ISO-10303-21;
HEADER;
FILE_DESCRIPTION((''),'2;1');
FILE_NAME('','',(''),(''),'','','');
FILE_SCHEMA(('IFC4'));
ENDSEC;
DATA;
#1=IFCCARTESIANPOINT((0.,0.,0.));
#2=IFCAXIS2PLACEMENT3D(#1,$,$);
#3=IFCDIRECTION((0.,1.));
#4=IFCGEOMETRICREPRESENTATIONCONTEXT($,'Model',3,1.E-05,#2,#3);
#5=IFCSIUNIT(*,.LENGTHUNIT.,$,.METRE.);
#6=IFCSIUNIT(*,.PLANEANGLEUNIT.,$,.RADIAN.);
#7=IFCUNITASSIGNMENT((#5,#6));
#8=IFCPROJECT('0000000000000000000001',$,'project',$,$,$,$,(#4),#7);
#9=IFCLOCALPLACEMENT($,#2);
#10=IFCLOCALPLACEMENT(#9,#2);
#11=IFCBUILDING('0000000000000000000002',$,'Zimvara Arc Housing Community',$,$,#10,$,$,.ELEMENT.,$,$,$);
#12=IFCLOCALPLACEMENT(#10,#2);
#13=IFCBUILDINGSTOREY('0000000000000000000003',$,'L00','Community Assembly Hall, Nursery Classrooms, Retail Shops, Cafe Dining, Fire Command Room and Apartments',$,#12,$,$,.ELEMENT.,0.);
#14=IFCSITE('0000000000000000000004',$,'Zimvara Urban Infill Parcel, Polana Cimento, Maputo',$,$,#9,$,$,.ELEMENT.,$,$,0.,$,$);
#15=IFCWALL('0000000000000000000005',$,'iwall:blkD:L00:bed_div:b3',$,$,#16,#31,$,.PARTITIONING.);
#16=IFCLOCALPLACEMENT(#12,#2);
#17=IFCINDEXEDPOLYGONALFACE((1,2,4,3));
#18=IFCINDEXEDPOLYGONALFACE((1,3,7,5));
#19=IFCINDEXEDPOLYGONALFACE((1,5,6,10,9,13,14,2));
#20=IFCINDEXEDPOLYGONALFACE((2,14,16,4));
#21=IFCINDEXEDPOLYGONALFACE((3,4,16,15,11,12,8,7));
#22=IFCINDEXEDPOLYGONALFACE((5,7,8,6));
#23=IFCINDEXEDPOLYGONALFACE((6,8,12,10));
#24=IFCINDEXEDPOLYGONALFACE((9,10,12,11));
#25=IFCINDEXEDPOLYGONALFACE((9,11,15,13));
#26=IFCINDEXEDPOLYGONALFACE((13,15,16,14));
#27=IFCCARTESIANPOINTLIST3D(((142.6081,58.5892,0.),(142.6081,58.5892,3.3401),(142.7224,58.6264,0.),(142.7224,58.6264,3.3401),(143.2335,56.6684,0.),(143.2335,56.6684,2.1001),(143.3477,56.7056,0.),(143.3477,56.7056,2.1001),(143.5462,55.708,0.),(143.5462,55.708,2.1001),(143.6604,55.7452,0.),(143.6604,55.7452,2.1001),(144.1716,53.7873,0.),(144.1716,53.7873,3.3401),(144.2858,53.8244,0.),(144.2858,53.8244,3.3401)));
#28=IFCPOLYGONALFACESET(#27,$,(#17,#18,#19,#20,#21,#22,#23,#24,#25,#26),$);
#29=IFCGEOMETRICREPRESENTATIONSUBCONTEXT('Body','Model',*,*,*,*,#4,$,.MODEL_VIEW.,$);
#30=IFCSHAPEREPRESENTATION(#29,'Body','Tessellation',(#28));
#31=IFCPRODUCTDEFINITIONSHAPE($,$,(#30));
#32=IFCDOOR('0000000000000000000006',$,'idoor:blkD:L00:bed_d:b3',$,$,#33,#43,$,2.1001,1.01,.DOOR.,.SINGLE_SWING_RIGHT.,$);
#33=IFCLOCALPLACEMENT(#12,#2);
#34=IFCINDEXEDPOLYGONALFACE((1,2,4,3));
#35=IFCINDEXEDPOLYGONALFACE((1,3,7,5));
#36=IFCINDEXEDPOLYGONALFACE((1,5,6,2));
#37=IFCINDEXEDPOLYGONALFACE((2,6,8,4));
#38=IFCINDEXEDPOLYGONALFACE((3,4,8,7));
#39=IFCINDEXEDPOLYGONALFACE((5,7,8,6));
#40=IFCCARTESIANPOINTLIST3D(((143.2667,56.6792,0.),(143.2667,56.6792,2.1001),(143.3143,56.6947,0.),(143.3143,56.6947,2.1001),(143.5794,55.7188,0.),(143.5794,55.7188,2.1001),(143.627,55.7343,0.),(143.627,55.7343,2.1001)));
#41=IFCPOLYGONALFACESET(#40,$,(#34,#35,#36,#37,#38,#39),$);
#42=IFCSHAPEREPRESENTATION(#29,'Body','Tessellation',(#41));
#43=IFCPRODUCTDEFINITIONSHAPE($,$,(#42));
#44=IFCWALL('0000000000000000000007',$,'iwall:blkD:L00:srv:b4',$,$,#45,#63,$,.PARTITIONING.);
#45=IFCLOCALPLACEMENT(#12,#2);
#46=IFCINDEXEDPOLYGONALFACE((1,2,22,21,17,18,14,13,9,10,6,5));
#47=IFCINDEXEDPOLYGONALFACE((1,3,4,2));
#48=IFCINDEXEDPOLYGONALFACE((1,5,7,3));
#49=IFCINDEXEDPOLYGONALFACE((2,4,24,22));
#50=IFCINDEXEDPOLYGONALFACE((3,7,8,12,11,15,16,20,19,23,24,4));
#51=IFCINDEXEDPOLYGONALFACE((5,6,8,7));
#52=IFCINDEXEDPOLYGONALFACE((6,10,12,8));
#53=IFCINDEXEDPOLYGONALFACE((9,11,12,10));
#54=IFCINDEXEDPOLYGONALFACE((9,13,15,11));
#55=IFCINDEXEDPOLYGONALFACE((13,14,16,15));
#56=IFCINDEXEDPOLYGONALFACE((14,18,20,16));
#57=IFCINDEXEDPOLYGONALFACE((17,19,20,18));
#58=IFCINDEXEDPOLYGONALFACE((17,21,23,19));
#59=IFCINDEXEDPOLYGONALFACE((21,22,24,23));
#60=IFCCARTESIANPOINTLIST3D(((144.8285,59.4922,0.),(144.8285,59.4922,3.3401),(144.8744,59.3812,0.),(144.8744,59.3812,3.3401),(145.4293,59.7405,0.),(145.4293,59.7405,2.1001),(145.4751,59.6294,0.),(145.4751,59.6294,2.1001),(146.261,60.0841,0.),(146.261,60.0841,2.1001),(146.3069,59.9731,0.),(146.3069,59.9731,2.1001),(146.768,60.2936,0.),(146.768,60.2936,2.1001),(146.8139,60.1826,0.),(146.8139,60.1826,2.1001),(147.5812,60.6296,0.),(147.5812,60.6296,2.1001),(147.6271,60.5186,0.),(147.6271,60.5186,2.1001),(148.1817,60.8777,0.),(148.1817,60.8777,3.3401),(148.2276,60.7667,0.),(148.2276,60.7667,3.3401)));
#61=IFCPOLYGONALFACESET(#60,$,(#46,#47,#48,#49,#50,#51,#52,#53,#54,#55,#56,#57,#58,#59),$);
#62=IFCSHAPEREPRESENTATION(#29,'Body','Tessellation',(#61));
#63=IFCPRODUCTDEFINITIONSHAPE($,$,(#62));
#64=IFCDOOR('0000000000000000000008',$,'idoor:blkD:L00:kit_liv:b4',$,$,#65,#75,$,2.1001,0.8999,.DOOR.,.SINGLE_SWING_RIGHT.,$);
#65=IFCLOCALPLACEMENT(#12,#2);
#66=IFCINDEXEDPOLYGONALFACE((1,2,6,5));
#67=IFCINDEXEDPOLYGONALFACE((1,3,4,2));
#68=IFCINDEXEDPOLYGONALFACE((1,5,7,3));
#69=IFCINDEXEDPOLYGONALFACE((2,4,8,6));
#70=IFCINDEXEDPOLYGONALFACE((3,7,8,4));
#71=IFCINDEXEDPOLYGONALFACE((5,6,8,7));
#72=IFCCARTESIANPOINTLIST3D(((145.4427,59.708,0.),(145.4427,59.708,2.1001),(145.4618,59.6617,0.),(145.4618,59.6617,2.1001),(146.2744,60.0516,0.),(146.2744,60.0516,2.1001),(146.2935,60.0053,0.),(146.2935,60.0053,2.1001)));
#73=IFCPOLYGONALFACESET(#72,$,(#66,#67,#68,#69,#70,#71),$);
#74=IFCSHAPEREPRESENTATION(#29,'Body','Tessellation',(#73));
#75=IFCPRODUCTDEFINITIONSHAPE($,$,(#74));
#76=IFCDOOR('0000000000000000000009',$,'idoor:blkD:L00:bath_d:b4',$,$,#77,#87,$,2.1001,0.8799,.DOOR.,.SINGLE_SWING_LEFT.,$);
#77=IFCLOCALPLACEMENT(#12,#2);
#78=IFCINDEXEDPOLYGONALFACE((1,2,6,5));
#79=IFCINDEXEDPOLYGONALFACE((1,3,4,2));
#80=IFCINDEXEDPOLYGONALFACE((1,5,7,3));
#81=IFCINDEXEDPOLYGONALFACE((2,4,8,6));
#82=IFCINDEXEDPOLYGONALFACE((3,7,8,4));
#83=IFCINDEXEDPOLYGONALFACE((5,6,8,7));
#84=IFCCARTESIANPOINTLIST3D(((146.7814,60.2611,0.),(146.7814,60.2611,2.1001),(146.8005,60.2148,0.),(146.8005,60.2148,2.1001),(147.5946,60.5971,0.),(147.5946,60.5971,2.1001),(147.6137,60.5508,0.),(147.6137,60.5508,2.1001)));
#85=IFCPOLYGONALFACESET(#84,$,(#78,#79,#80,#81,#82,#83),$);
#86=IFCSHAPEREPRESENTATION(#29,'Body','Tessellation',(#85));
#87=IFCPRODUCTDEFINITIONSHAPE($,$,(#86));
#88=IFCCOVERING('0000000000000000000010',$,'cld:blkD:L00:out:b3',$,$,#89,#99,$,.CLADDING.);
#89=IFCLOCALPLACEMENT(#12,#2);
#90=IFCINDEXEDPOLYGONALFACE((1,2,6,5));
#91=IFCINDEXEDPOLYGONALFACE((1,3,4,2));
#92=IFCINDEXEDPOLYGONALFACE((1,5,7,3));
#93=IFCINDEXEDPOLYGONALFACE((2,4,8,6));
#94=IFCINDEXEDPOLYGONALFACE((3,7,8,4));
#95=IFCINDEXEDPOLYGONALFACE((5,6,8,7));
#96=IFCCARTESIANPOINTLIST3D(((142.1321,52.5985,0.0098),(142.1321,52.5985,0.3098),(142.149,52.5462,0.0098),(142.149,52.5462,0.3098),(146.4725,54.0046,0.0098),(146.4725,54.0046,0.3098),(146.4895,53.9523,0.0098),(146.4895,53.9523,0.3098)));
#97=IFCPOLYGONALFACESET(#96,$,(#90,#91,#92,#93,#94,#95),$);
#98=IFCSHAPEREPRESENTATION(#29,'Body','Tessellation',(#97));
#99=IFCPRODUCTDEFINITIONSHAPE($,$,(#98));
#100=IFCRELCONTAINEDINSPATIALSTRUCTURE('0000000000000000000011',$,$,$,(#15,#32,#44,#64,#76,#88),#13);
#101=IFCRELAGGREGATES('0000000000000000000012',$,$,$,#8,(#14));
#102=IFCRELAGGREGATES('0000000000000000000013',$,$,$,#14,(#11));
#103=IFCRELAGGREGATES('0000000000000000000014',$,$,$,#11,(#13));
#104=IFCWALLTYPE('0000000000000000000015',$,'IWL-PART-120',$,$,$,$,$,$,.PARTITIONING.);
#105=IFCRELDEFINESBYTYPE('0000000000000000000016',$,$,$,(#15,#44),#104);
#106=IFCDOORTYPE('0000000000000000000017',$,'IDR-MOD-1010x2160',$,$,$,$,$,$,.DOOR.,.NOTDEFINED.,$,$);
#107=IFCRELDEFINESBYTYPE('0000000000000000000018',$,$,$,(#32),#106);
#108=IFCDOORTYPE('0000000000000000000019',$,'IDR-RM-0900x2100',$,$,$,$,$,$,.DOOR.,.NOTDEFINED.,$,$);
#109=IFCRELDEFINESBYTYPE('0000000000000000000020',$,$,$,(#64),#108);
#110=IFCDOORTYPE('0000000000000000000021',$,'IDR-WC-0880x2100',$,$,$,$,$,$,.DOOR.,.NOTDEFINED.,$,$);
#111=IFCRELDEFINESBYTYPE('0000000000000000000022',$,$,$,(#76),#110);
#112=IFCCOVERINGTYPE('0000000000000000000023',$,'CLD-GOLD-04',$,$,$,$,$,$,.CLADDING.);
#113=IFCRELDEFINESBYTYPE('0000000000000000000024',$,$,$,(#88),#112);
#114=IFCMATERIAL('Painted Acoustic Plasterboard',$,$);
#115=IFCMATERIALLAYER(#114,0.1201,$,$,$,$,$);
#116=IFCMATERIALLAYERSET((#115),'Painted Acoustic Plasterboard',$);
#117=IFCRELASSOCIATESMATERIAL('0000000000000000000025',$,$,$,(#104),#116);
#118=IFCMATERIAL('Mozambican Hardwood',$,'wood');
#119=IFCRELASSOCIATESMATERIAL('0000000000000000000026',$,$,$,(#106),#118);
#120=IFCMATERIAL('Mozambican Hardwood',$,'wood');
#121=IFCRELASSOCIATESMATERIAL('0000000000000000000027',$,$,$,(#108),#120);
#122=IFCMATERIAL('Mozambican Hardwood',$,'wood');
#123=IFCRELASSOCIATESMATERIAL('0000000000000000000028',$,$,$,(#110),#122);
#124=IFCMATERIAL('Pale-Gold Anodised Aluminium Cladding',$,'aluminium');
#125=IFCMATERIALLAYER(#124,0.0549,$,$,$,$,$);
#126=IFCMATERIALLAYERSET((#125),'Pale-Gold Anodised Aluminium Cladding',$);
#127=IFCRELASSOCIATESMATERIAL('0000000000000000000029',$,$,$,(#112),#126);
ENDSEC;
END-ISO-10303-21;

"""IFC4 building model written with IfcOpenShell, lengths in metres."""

from ifc_helpers import new_model, si_unit, direction, frame, frame_2d, origin, origin_2d, place, context, subcontext, project, spatial, rectangle, extrude, material, layer, layer_set, type_object, element, fill, save


model = new_model("IFC4")

# Units and contexts
model_context = context("Model", 3, precision=1e-05, world=origin(), true_north=direction((0.0, 1.0)))
body_context = subcontext(model_context, "Body", "Model", "MODEL_VIEW")
ifc_project = project(units=[si_unit("LENGTHUNIT", "METRE"), si_unit("PLANEANGLEUNIT", "RADIAN")], contexts=[model_context])

# Site, building, storey
site_placement = place(None, origin())
site = spatial("IfcSite", under=ifc_project, at=site_placement, Name="Zimvara Urban Infill Parcel, Polana Cimento, Maputo", CompositionType="ELEMENT", RefElevation=0.0)
building_placement = place(site_placement, origin())
building = spatial("IfcBuilding", under=site, at=building_placement, Name="Zimvara Arc Housing Community", CompositionType="ELEMENT")
storey_placement = place(building_placement, origin())
storey = spatial("IfcBuildingStorey", under=building, at=storey_placement, Name="L00", Description="Community Assembly Hall, Nursery Classrooms, Retail Shops, Cafe Dining, Fire Command Room and Apartments", CompositionType="ELEMENT", Elevation=0.0)

# Wall, opening, door
ifc_material_1 = material(Name="Painted Acoustic Plasterboard")
ifc_layer_1 = layer(ifc_material_1, 0.1201)
ifc_layer_set_1 = layer_set([ifc_layer_1], Name="Painted Acoustic Plasterboard")
wall_type_1 = type_object("IfcWallType", Name="IWL-PART-120", PredefinedType="PARTITIONING", material=ifc_layer_set_1)
wall_1_placement = place(storey_placement, frame((142.6653, 58.6077, 0.0), z_axis=(0.0, 0.0, 1.0), x_axis=(0.309592, -0.950869, 0.0)))
wall_1 = element("IfcWall", 1, at=wall_1_placement, inside=storey, type_object=wall_type_1, Name="iwall:blkD:L00:bed_div:b3", PredefinedType="PARTITIONING", context=body_context, shape_type="SweptSolid", body=[
    extrude(rectangle(XDim=5.05, YDim=0.1201, at=frame_2d((2.5249, 0.0))), origin(), (0.0, 0.0, 1.0), 3.3401),
])
opening_1_placement = place(wall_1_placement, frame((2.02, 0.0, 0.0)))
opening_1 = element("IfcOpeningElement", 2, at=opening_1_placement, cuts=wall_1, PredefinedType="OPENING", context=body_context, shape_type="SweptSolid", body=[
    extrude(rectangle(XDim=1.01, YDim=2.1001, at=frame_2d((0.5049, 1.05))), frame((0.0, 0.0701, 0.0), z_axis=(0.0, -1.0, 0.0), x_axis=(1.0, 0.0, 0.0)), (0.0, 0.0, 1.0), 0.1401),
])
ifc_material_2 = material(Name="Mozambican Hardwood", Category="wood")
door_type_1 = type_object("IfcDoorType", Name="IDR-MOD-1010x2160", OperationType="NOTDEFINED", PredefinedType="DOOR", material=ifc_material_2)
door_1_placement = place(opening_1_placement, origin())
door_1 = element("IfcDoor", 3, at=door_1_placement, inside=storey, type_object=door_type_1, Name="idoor:blkD:L00:bed_d:b3", OperationType="SINGLE_SWING_RIGHT", OverallHeight=2.1001, OverallWidth=1.01, PredefinedType="DOOR", context=body_context, shape_type="SweptSolid", body=[
    extrude(rectangle(XDim=1.01, YDim=2.1001, at=frame_2d((0.5049, 1.05))), frame((0.0, 0.0249, 0.0), z_axis=(0.0, -1.0, 0.0), x_axis=(1.0, 0.0, 0.0)), (0.0, 0.0, 1.0), 0.05),
])
fill(opening_1, door_1)

# Wall, openings, doors
wall_2_placement = place(storey_placement, frame((144.8516, 59.4368, 0.0), z_axis=(0.0, 0.0, 1.0), x_axis=(0.924218, 0.381866, 0.0)))
wall_2 = element("IfcWall", 4, at=wall_2_placement, inside=storey, type_object=wall_type_1, Name="iwall:blkD:L00:srv:b4", PredefinedType="PARTITIONING", context=body_context, shape_type="SweptSolid", body=[
    extrude(rectangle(XDim=3.6282, YDim=0.1201, at=frame_2d((1.814, 0.0))), origin(), (0.0, 0.0, 1.0), 3.3401),
])
opening_2_placement = place(wall_2_placement, frame((0.6499, 0.0, 0.0)))
opening_2 = element("IfcOpeningElement", 5, at=opening_2_placement, cuts=wall_2, PredefinedType="OPENING", context=body_context, shape_type="SweptSolid", body=[
    extrude(rectangle(XDim=0.8999, YDim=2.1001, at=frame_2d((0.45, 1.05))), frame((0.0, 0.0701, 0.0), z_axis=(0.0, -1.0, 0.0), x_axis=(1.0, 0.0, 0.0)), (0.0, 0.0, 1.0), 0.1401),
])
opening_3_placement = place(wall_2_placement, frame((2.0984, 0.0, 0.0)))
opening_3 = element("IfcOpeningElement", 6, at=opening_3_placement, cuts=wall_2, PredefinedType="OPENING", context=body_context, shape_type="SweptSolid", body=[
    extrude(rectangle(XDim=0.8799, YDim=2.1001, at=frame_2d((0.4399, 1.05))), frame((0.0, 0.0701, 0.0), z_axis=(0.0, -1.0, 0.0), x_axis=(1.0, 0.0, 0.0)), (0.0, 0.0, 1.0), 0.1401),
])
ifc_material_3 = material(Name="Mozambican Hardwood", Category="wood")
door_type_2 = type_object("IfcDoorType", Name="IDR-RM-0900x2100", OperationType="NOTDEFINED", PredefinedType="DOOR", material=ifc_material_3)
door_2_placement = place(opening_2_placement, origin())
door_2 = element("IfcDoor", 7, at=door_2_placement, inside=storey, type_object=door_type_2, Name="idoor:blkD:L00:kit_liv:b4", OperationType="SINGLE_SWING_RIGHT", OverallHeight=2.1001, OverallWidth=0.8999, PredefinedType="DOOR", context=body_context, shape_type="SweptSolid", body=[
    extrude(rectangle(XDim=0.8999, YDim=2.1001, at=frame_2d((0.45, 1.05))), frame((0.0, 0.0249, 0.0), z_axis=(0.0, -1.0, 0.0), x_axis=(1.0, 0.0, 0.0)), (0.0, 0.0, 1.0), 0.05),
])
fill(opening_2, door_2)
ifc_material_4 = material(Name="Mozambican Hardwood", Category="wood")
door_type_3 = type_object("IfcDoorType", Name="IDR-WC-0880x2100", OperationType="NOTDEFINED", PredefinedType="DOOR", material=ifc_material_4)
door_3_placement = place(opening_3_placement, origin())
door_3 = element("IfcDoor", 8, at=door_3_placement, inside=storey, type_object=door_type_3, Name="idoor:blkD:L00:bath_d:b4", OperationType="SINGLE_SWING_LEFT", OverallHeight=2.1001, OverallWidth=0.8799, PredefinedType="DOOR", context=body_context, shape_type="SweptSolid", body=[
    extrude(rectangle(XDim=0.8799, YDim=2.1001, at=frame_2d((0.4399, 1.05))), frame((0.0, 0.0249, 0.0), z_axis=(0.0, -1.0, 0.0), x_axis=(1.0, 0.0, 0.0)), (0.0, 0.0, 1.0), 0.05),
])
fill(opening_3, door_3)

# Covering
ifc_material_5 = material(Name="Pale-Gold Anodised Aluminium Cladding", Category="aluminium")
ifc_layer_2 = layer(ifc_material_5, 0.0549)
ifc_layer_set_2 = layer_set([ifc_layer_2], Name="Pale-Gold Anodised Aluminium Cladding")
covering_type = type_object("IfcCoveringType", Name="CLD-GOLD-04", PredefinedType="CLADDING", material=ifc_layer_set_2)
covering_placement = place(storey_placement, frame((144.3108, 53.2754, 0.0098), z_axis=(0.0, 0.0, 1.0), x_axis=(0.951326, 0.308187, 0.0)))
element("IfcCovering", 9, at=covering_placement, inside=storey, type_object=covering_type, Name="cld:blkD:L00:out:b3", PredefinedType="CLADDING", context=body_context, shape_type="SweptSolid", body=[
    extrude(rectangle(XDim=4.5625, YDim=0.0549, at=origin_2d()), origin(), (0.0, 0.0, 1.0), 0.3),
])

save(model, "model.ifc")
